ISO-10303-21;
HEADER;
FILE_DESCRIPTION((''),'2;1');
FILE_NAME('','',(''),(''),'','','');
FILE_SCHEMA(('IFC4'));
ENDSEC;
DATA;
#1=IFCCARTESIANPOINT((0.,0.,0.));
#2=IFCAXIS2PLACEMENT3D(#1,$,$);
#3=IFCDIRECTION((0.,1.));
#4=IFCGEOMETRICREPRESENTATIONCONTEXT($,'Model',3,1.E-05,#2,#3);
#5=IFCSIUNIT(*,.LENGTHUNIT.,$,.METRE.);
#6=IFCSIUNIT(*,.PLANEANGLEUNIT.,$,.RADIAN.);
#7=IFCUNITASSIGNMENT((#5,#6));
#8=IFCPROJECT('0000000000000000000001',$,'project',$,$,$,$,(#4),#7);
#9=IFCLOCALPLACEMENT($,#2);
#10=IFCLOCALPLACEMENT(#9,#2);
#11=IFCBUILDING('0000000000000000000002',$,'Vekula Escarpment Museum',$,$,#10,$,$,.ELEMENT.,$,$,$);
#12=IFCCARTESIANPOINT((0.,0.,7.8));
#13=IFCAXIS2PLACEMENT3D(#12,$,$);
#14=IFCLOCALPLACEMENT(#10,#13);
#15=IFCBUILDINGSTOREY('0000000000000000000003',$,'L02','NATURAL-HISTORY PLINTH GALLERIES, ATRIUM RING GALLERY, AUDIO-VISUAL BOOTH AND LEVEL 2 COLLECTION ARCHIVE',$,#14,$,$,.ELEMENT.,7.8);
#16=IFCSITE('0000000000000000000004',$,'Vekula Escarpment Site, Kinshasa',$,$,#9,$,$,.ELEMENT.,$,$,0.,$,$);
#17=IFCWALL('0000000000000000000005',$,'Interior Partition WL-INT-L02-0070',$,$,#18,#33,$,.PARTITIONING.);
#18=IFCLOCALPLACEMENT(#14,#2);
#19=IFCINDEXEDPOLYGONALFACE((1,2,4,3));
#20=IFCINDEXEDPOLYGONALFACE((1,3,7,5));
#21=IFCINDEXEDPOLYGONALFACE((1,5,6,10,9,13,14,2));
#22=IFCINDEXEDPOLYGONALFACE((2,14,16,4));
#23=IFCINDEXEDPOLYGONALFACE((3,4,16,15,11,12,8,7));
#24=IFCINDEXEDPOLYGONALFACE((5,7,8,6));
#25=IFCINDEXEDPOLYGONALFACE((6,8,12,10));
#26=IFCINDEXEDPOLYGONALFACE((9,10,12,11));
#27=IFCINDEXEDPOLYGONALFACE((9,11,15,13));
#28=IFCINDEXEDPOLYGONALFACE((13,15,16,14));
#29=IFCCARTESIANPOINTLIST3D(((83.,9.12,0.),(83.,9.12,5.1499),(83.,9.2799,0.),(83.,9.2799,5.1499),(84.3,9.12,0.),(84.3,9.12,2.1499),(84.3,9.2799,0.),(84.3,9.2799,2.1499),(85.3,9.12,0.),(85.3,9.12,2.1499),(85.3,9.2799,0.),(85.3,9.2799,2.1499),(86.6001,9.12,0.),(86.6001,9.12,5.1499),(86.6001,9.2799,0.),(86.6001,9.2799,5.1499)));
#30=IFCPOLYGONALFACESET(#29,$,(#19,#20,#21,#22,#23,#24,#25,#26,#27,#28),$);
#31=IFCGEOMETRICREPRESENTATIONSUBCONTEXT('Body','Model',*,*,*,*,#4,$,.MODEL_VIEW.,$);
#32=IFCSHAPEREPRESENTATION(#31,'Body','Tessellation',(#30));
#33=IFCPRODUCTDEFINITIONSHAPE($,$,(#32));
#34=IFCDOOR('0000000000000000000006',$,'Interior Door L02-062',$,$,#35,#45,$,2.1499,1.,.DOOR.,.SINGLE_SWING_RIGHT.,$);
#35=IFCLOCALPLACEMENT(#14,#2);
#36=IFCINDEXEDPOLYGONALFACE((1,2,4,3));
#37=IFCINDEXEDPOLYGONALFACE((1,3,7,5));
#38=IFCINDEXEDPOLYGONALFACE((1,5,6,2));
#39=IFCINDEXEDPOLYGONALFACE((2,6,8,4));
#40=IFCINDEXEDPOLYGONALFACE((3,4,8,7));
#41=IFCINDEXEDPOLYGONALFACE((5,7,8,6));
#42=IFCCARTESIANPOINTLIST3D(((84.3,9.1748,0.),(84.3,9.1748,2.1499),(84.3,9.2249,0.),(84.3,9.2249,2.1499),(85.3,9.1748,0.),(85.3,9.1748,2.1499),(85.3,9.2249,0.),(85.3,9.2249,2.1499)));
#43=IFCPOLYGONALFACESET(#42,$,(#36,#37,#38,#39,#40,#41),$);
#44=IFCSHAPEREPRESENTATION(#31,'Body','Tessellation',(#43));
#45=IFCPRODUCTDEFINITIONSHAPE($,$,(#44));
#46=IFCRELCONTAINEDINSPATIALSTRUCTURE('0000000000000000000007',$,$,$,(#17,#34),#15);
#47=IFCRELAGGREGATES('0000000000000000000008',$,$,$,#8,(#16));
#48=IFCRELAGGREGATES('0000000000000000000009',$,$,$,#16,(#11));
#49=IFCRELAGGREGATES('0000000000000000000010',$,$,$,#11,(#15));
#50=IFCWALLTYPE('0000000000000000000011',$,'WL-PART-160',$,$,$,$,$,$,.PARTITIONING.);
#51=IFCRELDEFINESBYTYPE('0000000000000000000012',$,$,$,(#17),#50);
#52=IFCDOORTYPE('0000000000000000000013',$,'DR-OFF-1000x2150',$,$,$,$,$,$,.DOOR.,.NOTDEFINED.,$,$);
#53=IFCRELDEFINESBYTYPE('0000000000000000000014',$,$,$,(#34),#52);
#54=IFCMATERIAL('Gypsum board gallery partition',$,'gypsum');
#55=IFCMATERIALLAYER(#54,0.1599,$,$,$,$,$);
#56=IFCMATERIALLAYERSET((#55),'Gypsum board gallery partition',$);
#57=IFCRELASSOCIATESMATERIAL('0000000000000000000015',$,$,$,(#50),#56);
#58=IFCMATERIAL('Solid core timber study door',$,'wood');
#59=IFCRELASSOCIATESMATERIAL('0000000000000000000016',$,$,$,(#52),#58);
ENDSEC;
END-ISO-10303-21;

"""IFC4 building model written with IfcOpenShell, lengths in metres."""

from ifc_helpers import new_model, si_unit, direction, frame, frame_2d, origin, place, context, subcontext, project, spatial, rectangle, extrude, material, layer, layer_set, type_object, element, fill, save


model = new_model("IFC4")

# Units and contexts
model_context = context("Model", 3, precision=1e-05, world=origin(), true_north=direction((0.0, 1.0)))
body_context = subcontext(model_context, "Body", "Model", "MODEL_VIEW")
ifc_project = project(units=[si_unit("LENGTHUNIT", "METRE"), si_unit("PLANEANGLEUNIT", "RADIAN")], contexts=[model_context])

# Site, building, storey
site_placement = place(None, origin())
site = spatial("IfcSite", under=ifc_project, at=site_placement, Name="Vekula Escarpment Site, Kinshasa", CompositionType="ELEMENT", RefElevation=0.0)
building_placement = place(site_placement, origin())
building = spatial("IfcBuilding", under=site, at=building_placement, Name="Vekula Escarpment Museum", CompositionType="ELEMENT")
storey_placement = place(building_placement, frame((0.0, 0.0, 7.8)))
storey = spatial("IfcBuildingStorey", under=building, at=storey_placement, Name="L02", Description="NATURAL-HISTORY PLINTH GALLERIES, ATRIUM RING GALLERY, AUDIO-VISUAL BOOTH AND LEVEL 2 COLLECTION ARCHIVE", CompositionType="ELEMENT", Elevation=7.8)

# Wall, opening, door
ifc_material_1 = material(Name="Gypsum board gallery partition", Category="gypsum")
ifc_layer_1 = layer(ifc_material_1, 0.1599)
ifc_layer_set_1 = layer_set([ifc_layer_1], Name="Gypsum board gallery partition")
wall_type_1 = type_object("IfcWallType", Name="WL-PART-160", PredefinedType="PARTITIONING", material=ifc_layer_set_1)
wall_1_placement = place(storey_placement, frame((83.0, 9.2, 0.0), z_axis=(0.0, 0.0, 1.0), x_axis=(1.0, 0.0, 0.0)))
wall_1 = element("IfcWall", 1, at=wall_1_placement, inside=storey, type_object=wall_type_1, Name="Interior Partition WL-INT-L02-0070", PredefinedType="PARTITIONING", context=body_context, shape_type="SweptSolid", body=[
    extrude(rectangle(XDim=3.6001, YDim=0.1599, at=frame_2d((1.8, 0.0))), origin(), (0.0, 0.0, 1.0), 5.1499),
])
opening_1_placement = place(wall_1_placement, frame((1.3, 0.0, 0.0)))
opening_1 = element("IfcOpeningElement", 2, at=opening_1_placement, cuts=wall_1, PredefinedType="OPENING", context=body_context, shape_type="SweptSolid", body=[
    extrude(rectangle(XDim=1.0, YDim=2.1499, at=frame_2d((0.5, 1.075))), frame((0.0, 0.0898, 0.0), z_axis=(0.0, -1.0, 0.0), x_axis=(1.0, 0.0, 0.0)), (0.0, 0.0, 1.0), 0.1799),
])
ifc_material_2 = material(Name="Solid core timber study door", Category="wood")
door_type_1 = type_object("IfcDoorType", Name="DR-OFF-1000x2150", OperationType="NOTDEFINED", PredefinedType="DOOR", material=ifc_material_2)
door_1_placement = place(opening_1_placement, origin())
door_1 = element("IfcDoor", 3, at=door_1_placement, inside=storey, type_object=door_type_1, Name="Interior Door L02-062", OperationType="SINGLE_SWING_RIGHT", OverallHeight=2.1499, OverallWidth=1.0, PredefinedType="DOOR", context=body_context, shape_type="SweptSolid", body=[
    extrude(rectangle(XDim=1.0, YDim=2.1499, at=frame_2d((0.5, 1.075))), frame((0.0, 0.0249, 0.0), z_axis=(0.0, -1.0, 0.0), x_axis=(1.0, 0.0, 0.0)), (0.0, 0.0, 1.0), 0.05),
])
fill(opening_1, door_1)

save(model, "model.ifc")
